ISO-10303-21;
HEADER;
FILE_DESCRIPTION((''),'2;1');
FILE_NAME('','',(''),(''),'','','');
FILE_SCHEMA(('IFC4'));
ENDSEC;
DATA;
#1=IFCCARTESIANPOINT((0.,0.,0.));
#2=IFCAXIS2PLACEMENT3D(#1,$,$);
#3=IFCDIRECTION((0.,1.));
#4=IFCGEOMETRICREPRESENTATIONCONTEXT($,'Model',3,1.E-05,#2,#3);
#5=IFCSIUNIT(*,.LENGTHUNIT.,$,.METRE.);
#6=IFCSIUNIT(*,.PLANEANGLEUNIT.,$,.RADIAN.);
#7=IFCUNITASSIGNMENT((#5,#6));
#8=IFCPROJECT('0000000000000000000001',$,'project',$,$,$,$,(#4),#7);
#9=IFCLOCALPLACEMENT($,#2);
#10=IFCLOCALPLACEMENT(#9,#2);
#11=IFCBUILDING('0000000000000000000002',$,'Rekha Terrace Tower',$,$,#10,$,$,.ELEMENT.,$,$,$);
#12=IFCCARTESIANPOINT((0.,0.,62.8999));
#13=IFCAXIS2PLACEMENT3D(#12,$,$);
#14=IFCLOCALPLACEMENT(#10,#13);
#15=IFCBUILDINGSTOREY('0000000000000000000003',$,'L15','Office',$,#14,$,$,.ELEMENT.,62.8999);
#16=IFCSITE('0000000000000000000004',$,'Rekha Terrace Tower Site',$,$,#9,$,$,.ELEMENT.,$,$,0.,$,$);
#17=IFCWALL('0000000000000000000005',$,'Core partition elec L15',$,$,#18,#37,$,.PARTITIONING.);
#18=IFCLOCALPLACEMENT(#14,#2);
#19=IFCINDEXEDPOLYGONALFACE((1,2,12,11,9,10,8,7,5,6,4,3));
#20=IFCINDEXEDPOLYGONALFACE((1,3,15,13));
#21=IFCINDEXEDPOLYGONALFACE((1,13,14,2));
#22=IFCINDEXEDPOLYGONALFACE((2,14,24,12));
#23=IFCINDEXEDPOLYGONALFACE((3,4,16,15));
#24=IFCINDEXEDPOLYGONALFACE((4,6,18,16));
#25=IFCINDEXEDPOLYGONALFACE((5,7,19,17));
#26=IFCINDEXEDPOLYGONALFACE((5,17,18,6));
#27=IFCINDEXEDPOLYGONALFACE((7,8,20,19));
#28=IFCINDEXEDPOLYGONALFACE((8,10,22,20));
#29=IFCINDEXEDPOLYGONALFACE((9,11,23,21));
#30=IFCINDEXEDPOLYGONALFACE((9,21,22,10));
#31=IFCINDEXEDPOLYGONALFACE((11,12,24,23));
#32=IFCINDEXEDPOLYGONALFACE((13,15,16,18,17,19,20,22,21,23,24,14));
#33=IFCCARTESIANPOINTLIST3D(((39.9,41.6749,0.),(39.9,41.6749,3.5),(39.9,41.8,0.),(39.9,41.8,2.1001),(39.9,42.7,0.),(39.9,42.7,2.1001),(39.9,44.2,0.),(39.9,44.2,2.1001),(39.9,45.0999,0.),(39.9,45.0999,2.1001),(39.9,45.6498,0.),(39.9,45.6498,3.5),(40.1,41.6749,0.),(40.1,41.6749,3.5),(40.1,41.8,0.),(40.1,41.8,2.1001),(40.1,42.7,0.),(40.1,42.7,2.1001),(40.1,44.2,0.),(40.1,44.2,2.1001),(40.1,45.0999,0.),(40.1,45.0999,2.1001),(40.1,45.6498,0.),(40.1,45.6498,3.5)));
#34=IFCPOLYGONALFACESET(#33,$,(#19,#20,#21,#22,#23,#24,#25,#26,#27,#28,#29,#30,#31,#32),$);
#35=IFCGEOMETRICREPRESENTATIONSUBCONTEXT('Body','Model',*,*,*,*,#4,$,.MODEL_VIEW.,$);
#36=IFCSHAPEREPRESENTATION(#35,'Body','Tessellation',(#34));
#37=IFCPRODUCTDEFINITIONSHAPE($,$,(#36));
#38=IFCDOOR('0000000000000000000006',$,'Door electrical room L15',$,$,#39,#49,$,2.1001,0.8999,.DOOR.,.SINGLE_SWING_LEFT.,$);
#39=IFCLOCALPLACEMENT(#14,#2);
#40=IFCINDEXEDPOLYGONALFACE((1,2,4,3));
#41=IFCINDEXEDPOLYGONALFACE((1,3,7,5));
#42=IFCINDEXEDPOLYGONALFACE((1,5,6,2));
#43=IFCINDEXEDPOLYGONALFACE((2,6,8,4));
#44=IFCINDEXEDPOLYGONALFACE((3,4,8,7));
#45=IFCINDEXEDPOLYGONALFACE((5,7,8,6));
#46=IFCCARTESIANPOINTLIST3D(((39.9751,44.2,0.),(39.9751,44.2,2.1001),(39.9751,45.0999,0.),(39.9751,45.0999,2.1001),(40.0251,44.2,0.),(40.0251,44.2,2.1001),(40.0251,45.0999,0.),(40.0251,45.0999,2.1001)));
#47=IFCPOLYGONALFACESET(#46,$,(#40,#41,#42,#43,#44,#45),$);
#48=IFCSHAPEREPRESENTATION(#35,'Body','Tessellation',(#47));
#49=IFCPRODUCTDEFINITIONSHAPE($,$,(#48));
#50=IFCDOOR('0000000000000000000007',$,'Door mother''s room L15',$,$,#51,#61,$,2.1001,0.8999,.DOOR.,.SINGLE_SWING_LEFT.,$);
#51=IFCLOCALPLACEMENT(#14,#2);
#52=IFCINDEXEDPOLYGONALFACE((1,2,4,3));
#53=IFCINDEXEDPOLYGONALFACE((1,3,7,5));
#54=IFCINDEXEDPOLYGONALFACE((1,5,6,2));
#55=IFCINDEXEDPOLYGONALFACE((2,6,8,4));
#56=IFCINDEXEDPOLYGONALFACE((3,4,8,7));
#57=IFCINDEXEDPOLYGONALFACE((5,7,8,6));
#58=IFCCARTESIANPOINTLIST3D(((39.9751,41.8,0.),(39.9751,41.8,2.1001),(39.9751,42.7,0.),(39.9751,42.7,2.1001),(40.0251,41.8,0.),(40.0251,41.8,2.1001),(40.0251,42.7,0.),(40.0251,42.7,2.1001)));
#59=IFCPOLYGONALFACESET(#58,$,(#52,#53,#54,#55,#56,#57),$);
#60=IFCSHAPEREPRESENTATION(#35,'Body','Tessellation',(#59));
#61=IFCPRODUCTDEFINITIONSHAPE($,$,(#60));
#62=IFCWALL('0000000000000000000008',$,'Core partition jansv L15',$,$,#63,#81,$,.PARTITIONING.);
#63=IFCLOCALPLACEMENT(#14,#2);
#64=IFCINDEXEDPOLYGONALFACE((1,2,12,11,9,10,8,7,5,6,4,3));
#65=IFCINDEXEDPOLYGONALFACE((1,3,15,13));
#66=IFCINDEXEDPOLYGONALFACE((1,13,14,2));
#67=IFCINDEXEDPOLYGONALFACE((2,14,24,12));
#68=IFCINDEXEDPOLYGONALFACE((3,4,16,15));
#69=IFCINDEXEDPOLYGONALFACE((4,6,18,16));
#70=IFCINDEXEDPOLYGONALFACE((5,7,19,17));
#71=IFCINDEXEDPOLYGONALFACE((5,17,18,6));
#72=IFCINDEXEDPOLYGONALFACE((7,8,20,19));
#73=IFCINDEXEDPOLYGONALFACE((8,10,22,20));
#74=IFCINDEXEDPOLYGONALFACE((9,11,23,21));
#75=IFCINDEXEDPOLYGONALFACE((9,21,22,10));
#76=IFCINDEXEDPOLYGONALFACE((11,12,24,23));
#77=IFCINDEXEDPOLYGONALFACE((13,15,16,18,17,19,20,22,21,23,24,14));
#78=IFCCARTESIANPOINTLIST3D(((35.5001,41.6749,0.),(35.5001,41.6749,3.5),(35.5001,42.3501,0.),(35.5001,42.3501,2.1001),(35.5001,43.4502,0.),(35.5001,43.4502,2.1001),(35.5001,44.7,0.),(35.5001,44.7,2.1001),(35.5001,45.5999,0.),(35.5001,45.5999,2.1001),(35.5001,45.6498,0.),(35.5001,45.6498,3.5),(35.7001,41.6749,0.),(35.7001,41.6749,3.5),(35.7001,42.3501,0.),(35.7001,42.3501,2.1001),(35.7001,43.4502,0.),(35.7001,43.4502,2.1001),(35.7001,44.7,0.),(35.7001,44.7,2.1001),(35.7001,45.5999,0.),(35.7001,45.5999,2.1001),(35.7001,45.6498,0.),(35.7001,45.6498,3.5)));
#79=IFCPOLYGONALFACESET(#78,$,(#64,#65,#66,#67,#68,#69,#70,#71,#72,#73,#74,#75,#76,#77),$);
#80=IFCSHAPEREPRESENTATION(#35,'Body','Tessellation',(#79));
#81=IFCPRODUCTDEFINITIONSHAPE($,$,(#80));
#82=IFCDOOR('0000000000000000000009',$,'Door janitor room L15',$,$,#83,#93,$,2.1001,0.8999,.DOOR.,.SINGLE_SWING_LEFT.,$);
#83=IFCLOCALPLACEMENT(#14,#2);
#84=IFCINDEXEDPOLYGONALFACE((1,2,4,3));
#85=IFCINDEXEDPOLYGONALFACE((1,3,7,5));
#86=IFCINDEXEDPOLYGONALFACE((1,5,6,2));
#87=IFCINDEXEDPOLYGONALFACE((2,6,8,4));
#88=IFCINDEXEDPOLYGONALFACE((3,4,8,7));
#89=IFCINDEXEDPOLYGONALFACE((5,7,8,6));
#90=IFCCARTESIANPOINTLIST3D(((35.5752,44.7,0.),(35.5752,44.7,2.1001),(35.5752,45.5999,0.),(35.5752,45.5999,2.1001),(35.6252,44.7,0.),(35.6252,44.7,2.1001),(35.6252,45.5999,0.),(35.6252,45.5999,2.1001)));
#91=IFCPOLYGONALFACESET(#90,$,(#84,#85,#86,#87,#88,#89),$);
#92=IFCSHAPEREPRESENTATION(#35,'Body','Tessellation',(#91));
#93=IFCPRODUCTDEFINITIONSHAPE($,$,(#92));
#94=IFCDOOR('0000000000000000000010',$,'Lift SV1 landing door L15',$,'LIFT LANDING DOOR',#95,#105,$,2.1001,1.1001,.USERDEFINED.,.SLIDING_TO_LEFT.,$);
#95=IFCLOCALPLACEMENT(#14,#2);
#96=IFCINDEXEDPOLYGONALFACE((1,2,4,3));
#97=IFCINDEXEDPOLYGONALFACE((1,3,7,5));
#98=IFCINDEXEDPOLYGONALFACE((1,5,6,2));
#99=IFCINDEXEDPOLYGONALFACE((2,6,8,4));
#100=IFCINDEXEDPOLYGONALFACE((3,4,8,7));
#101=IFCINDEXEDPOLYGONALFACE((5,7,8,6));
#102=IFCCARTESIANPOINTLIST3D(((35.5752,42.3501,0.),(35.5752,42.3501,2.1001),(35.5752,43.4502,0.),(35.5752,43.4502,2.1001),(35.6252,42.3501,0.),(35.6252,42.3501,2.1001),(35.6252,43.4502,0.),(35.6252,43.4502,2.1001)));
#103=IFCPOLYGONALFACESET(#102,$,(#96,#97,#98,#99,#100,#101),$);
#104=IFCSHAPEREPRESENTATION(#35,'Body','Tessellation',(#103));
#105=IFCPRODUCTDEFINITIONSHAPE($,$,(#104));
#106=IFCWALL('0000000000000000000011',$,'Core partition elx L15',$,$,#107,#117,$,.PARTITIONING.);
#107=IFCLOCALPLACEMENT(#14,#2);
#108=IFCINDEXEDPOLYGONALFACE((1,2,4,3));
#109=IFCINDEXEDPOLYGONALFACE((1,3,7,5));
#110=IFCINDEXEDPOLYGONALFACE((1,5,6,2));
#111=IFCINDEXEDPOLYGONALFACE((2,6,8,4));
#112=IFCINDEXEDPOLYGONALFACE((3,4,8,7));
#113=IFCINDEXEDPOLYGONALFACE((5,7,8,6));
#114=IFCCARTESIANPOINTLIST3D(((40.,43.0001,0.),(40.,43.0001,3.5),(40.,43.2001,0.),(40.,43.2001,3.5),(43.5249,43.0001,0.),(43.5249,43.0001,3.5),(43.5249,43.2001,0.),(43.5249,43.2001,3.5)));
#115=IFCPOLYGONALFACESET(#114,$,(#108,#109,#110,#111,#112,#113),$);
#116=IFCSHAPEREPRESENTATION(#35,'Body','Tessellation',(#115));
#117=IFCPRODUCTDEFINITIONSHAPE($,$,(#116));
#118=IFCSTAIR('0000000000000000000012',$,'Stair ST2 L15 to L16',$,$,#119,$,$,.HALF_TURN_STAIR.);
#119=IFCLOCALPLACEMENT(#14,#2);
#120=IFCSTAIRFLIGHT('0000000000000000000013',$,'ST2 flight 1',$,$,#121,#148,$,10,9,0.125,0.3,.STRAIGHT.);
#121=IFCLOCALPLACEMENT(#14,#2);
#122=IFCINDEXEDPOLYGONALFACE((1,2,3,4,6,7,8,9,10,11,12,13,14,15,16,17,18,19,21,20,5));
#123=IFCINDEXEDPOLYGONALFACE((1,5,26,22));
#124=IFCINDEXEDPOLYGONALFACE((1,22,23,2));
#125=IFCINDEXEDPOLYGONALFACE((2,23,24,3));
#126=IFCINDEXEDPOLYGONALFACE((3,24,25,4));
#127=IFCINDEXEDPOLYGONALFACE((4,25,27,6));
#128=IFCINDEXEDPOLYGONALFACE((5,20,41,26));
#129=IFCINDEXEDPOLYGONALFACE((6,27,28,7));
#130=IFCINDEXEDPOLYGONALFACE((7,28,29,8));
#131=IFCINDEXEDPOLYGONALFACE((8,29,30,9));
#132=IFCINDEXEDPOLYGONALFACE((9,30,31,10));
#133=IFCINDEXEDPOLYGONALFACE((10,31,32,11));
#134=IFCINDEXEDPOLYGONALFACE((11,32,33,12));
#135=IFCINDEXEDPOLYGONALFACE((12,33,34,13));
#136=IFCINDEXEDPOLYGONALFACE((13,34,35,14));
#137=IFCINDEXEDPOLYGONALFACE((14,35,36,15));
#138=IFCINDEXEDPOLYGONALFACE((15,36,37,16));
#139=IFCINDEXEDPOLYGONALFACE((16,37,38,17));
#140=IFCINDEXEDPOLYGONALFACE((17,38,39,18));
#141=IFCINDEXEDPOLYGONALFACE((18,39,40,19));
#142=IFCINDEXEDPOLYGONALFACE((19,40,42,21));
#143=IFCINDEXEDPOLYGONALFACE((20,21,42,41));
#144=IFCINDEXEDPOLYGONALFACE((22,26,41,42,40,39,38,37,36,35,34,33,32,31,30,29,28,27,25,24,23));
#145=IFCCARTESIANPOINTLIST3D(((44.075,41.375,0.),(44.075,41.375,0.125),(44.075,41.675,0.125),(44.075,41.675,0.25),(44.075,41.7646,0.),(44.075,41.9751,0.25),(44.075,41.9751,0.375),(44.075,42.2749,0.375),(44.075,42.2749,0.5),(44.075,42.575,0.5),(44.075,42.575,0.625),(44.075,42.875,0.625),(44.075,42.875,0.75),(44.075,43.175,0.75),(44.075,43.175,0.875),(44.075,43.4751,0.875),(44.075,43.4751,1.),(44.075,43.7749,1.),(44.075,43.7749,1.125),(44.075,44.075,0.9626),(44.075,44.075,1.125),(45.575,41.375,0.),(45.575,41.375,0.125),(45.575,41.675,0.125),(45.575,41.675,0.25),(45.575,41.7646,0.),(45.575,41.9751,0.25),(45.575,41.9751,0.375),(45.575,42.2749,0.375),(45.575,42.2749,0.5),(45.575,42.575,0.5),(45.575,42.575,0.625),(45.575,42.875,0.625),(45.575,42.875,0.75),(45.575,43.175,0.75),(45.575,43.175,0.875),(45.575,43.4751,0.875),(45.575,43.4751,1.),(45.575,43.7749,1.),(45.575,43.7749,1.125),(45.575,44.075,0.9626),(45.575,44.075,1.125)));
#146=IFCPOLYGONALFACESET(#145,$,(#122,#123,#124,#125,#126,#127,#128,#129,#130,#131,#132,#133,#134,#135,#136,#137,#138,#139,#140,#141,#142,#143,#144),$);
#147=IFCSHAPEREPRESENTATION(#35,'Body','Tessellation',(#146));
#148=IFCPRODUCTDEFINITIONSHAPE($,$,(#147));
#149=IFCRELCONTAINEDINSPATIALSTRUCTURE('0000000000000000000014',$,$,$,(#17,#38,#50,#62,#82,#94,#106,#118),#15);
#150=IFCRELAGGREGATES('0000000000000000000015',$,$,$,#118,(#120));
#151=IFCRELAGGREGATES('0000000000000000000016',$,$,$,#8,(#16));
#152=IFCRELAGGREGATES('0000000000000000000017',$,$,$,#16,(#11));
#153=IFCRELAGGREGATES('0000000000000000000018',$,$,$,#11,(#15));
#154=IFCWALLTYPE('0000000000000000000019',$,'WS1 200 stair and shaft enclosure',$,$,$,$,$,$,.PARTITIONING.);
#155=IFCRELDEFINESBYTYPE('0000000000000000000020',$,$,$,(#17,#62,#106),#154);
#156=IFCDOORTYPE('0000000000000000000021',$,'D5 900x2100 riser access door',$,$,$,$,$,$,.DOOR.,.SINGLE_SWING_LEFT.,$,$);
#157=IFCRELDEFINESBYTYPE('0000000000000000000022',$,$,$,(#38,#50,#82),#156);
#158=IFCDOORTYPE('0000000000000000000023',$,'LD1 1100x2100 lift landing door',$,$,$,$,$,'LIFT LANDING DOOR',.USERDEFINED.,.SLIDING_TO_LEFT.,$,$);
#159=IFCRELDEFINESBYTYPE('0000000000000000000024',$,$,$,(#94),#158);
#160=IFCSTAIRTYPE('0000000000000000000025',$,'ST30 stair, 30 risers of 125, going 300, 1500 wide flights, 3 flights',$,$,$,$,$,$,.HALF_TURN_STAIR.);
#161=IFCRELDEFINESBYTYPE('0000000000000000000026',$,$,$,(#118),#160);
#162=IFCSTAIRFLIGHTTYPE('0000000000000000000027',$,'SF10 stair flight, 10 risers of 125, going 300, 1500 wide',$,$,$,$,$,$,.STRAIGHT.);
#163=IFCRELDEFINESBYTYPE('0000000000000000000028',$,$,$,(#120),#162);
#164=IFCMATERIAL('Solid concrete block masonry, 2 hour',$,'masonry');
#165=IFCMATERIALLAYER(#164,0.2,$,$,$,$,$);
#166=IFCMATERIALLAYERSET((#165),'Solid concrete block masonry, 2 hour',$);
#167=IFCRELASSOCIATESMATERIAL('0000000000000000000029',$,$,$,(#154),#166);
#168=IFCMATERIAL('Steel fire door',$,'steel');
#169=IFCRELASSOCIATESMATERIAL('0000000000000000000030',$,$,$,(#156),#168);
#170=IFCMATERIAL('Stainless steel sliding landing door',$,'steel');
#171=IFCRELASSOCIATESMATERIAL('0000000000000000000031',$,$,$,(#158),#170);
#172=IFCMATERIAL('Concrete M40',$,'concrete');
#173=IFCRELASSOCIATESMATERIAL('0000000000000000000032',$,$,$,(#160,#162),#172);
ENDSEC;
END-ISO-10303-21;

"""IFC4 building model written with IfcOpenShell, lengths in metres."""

from ifc_helpers import new_model, si_unit, direction, frame, frame_2d, origin, place, context, subcontext, project, spatial, polyline, rectangle, outline, extrude, material, layer, layer_set, type_object, element, fill, aggregate, save


model = new_model("IFC4")

# Units and contexts
model_context = context("Model", 3, precision=1e-05, world=origin(), true_north=direction((0.0, 1.0)))
body_context = subcontext(model_context, "Body", "Model", "MODEL_VIEW")
ifc_project = project(units=[si_unit("LENGTHUNIT", "METRE"), si_unit("PLANEANGLEUNIT", "RADIAN")], contexts=[model_context])

# Site, building, storey
site_placement = place(None, origin())
site = spatial("IfcSite", under=ifc_project, at=site_placement, Name="Rekha Terrace Tower Site", CompositionType="ELEMENT", RefElevation=0.0)
building_placement = place(site_placement, origin())
building = spatial("IfcBuilding", under=site, at=building_placement, Name="Rekha Terrace Tower", CompositionType="ELEMENT")
storey_placement = place(building_placement, frame((0.0, 0.0, 62.8999)))
storey = spatial("IfcBuildingStorey", under=building, at=storey_placement, Name="L15", Description="Office", CompositionType="ELEMENT", Elevation=62.8999)

# Shared definitions
ifc_material_1 = material(Name="Stainless steel sliding landing door", Category="steel")
ifc_material_2 = material(Name="Steel fire door", Category="steel")

# Shared definitions
ifc_material_3 = material(Name="Solid concrete block masonry, 2 hour", Category="masonry")
ifc_layer_1 = layer(ifc_material_3, 0.2)
ifc_layer_set_1 = layer_set([ifc_layer_1], Name="Solid concrete block masonry, 2 hour")
wall_type_1 = type_object("IfcWallType", Name="WS1 200 stair and shaft enclosure", PredefinedType="PARTITIONING", material=ifc_layer_set_1)

# Walls, openings, doors
wall_1_placement = place(storey_placement, frame((40.0, 41.675, 0.0), z_axis=(0.0, 0.0, 1.0), x_axis=(0.0, 1.0, 0.0)))
wall_1 = element("IfcWall", 1, at=wall_1_placement, inside=storey, type_object=wall_type_1, Name="Core partition elec L15", PredefinedType="PARTITIONING", context=body_context, shape_type="SweptSolid", body=[
    extrude(rectangle(XDim=3.9749, YDim=0.2, at=frame_2d((1.9873, 0.0))), origin(), (0.0, 0.0, 1.0), 3.5),
])
opening_1_placement = place(wall_1_placement, frame((2.5249, 0.0, 0.0)))
opening_1 = element("IfcOpeningElement", 2, at=opening_1_placement, cuts=wall_1, PredefinedType="OPENING", context=body_context, shape_type="SweptSolid", body=[
    extrude(rectangle(XDim=0.8999, YDim=2.1001, at=frame_2d((0.45, 1.05))), frame((0.0, 0.1099, 0.0), z_axis=(0.0, -1.0, 0.0), x_axis=(1.0, 0.0, 0.0)), (0.0, 0.0, 1.0), 0.22),
])
opening_2_placement = place(wall_1_placement, frame((0.125, 0.0, 0.0)))
opening_2 = element("IfcOpeningElement", 3, at=opening_2_placement, cuts=wall_1, PredefinedType="OPENING", context=body_context, shape_type="SweptSolid", body=[
    extrude(rectangle(XDim=0.8999, YDim=2.1001, at=frame_2d((0.45, 1.05))), frame((0.0, 0.1099, 0.0), z_axis=(0.0, -1.0, 0.0), x_axis=(1.0, 0.0, 0.0)), (0.0, 0.0, 1.0), 0.22),
])
door_type_1 = type_object("IfcDoorType", Name="D5 900x2100 riser access door", OperationType="SINGLE_SWING_LEFT", PredefinedType="DOOR", material=ifc_material_2)
door_1_placement = place(opening_1_placement, origin())
door_1 = element("IfcDoor", 4, at=door_1_placement, inside=storey, type_object=door_type_1, Name="Door electrical room L15", OperationType="SINGLE_SWING_LEFT", OverallHeight=2.1001, OverallWidth=0.8999, PredefinedType="DOOR", context=body_context, shape_type="SweptSolid", body=[
    extrude(rectangle(XDim=0.8999, YDim=2.1001, at=frame_2d((0.45, 1.05))), frame((0.0, 0.0249, 0.0), z_axis=(0.0, -1.0, 0.0), x_axis=(1.0, 0.0, 0.0)), (0.0, 0.0, 1.0), 0.05),
])
fill(opening_1, door_1)
door_2_placement = place(opening_2_placement, origin())
door_2 = element("IfcDoor", 5, at=door_2_placement, inside=storey, type_object=door_type_1, Name="Door mother's room L15", OperationType="SINGLE_SWING_LEFT", OverallHeight=2.1001, OverallWidth=0.8999, PredefinedType="DOOR", context=body_context, shape_type="SweptSolid", body=[
    extrude(rectangle(XDim=0.8999, YDim=2.1001, at=frame_2d((0.45, 1.05))), frame((0.0, 0.0249, 0.0), z_axis=(0.0, -1.0, 0.0), x_axis=(1.0, 0.0, 0.0)), (0.0, 0.0, 1.0), 0.05),
])
fill(opening_2, door_2)
wall_2_placement = place(storey_placement, frame((35.6001, 41.675, 0.0), z_axis=(0.0, 0.0, 1.0), x_axis=(0.0, 1.0, 0.0)))
wall_2 = element("IfcWall", 6, at=wall_2_placement, inside=storey, type_object=wall_type_1, Name="Core partition jansv L15", PredefinedType="PARTITIONING", context=body_context, shape_type="SweptSolid", body=[
    extrude(rectangle(XDim=3.9749, YDim=0.2, at=frame_2d((1.9873, 0.0))), origin(), (0.0, 0.0, 1.0), 3.5),
])
opening_3_placement = place(wall_2_placement, frame((3.0249, 0.0, 0.0)))
opening_3 = element("IfcOpeningElement", 7, at=opening_3_placement, cuts=wall_2, PredefinedType="OPENING", context=body_context, shape_type="SweptSolid", body=[
    extrude(rectangle(XDim=0.8999, YDim=2.1001, at=frame_2d((0.45, 1.05))), frame((0.0, 0.1099, 0.0), z_axis=(0.0, -1.0, 0.0), x_axis=(1.0, 0.0, 0.0)), (0.0, 0.0, 1.0), 0.22),
])
opening_4_placement = place(wall_2_placement, frame((0.675, 0.0, 0.0)))
opening_4 = element("IfcOpeningElement", 8, at=opening_4_placement, cuts=wall_2, PredefinedType="OPENING", context=body_context, shape_type="SweptSolid", body=[
    extrude(rectangle(XDim=1.1001, YDim=2.1001, at=frame_2d((0.55, 1.05))), frame((0.0, 0.1099, 0.0), z_axis=(0.0, -1.0, 0.0), x_axis=(1.0, 0.0, 0.0)), (0.0, 0.0, 1.0), 0.22),
])
door_3_placement = place(opening_3_placement, origin())
door_3 = element("IfcDoor", 9, at=door_3_placement, inside=storey, type_object=door_type_1, Name="Door janitor room L15", OperationType="SINGLE_SWING_LEFT", OverallHeight=2.1001, OverallWidth=0.8999, PredefinedType="DOOR", context=body_context, shape_type="SweptSolid", body=[
    extrude(rectangle(XDim=0.8999, YDim=2.1001, at=frame_2d((0.45, 1.05))), frame((0.0, 0.0249, 0.0), z_axis=(0.0, -1.0, 0.0), x_axis=(1.0, 0.0, 0.0)), (0.0, 0.0, 1.0), 0.05),
])
fill(opening_3, door_3)
door_type_2 = type_object("IfcDoorType", Name="LD1 1100x2100 lift landing door", ElementType="LIFT LANDING DOOR", OperationType="SLIDING_TO_LEFT", PredefinedType="USERDEFINED", material=ifc_material_1)
door_4_placement = place(opening_4_placement, origin())
door_4 = element("IfcDoor", 10, at=door_4_placement, inside=storey, type_object=door_type_2, Name="Lift SV1 landing door L15", ObjectType="LIFT LANDING DOOR", OperationType="SLIDING_TO_LEFT", OverallHeight=2.1001, OverallWidth=1.1001, PredefinedType="USERDEFINED", context=body_context, shape_type="SweptSolid", body=[
    extrude(rectangle(XDim=1.1001, YDim=2.1001, at=frame_2d((0.55, 1.05))), frame((0.0, 0.0249, 0.0), z_axis=(0.0, -1.0, 0.0), x_axis=(1.0, 0.0, 0.0)), (0.0, 0.0, 1.0), 0.05),
])
fill(opening_4, door_4)

# Wall
wall_3_placement = place(storey_placement, frame((40.0, 43.1001, 0.0), z_axis=(0.0, 0.0, 1.0), x_axis=(1.0, 0.0, 0.0)))
element("IfcWall", 11, at=wall_3_placement, inside=storey, type_object=wall_type_1, Name="Core partition elx L15", PredefinedType="PARTITIONING", context=body_context, shape_type="SweptSolid", body=[
    extrude(rectangle(XDim=3.5249, YDim=0.2, at=frame_2d((1.7625, 0.0))), origin(), (0.0, 0.0, 1.0), 3.5),
])

# Stair, stair flight
ifc_material_4 = material(Name="Concrete M40", Category="concrete")
stair_type = type_object("IfcStairType", Name="ST30 stair, 30 risers of 125, going 300, 1500 wide flights, 3 flights", PredefinedType="HALF_TURN_STAIR", material=ifc_material_4)
stair_placement = place(storey_placement, origin())
stair = element("IfcStair", 12, at=stair_placement, inside=storey, type_object=stair_type, Name="Stair ST2 L15 to L16", PredefinedType="HALF_TURN_STAIR")
stair_flight_type = type_object("IfcStairFlightType", Name="SF10 stair flight, 10 risers of 125, going 300, 1500 wide", PredefinedType="STRAIGHT", material=ifc_material_4)
stair_flight_placement = place(storey_placement, frame((44.825, 41.375, 0.0), z_axis=(0.0, 0.0, 1.0), x_axis=(0.0, 1.0, 0.0)))
stair_flight = element("IfcStairFlight", 13, at=stair_flight_placement, type_object=stair_flight_type, Name="ST2 flight 1", NumberOfRisers=10, NumberOfTreads=9, PredefinedType="STRAIGHT", RiserHeight=0.125, TreadLength=0.3, context=body_context, shape_type="SweptSolid", body=[
    extrude(outline(polyline([(0.0, 0.0), (0.0, 0.125), (0.3, 0.125), (0.3, 0.25), (0.6001, 0.25), (0.6001, 0.375), (0.8999, 0.375), (0.8999, 0.5), (1.2, 0.5), (1.2, 0.625), (1.5, 0.625), (1.5, 0.75), (1.8, 0.75), (1.8, 0.875), (2.1001, 0.875), (2.1001, 1.0), (2.3999, 1.0), (2.3999, 1.125), (2.7, 1.125), (2.7, 1.25), (2.7, 0.9626), (0.3896, 0.0), (0.0, 0.0)])), frame((0.0, 0.75, 0.0), z_axis=(0.0, -1.0, 0.0), x_axis=(1.0, 0.0, 0.0)), (0.0, 0.0, 1.0), 1.5),
])
aggregate(stair, [stair_flight])

save(model, "model.ifc")
